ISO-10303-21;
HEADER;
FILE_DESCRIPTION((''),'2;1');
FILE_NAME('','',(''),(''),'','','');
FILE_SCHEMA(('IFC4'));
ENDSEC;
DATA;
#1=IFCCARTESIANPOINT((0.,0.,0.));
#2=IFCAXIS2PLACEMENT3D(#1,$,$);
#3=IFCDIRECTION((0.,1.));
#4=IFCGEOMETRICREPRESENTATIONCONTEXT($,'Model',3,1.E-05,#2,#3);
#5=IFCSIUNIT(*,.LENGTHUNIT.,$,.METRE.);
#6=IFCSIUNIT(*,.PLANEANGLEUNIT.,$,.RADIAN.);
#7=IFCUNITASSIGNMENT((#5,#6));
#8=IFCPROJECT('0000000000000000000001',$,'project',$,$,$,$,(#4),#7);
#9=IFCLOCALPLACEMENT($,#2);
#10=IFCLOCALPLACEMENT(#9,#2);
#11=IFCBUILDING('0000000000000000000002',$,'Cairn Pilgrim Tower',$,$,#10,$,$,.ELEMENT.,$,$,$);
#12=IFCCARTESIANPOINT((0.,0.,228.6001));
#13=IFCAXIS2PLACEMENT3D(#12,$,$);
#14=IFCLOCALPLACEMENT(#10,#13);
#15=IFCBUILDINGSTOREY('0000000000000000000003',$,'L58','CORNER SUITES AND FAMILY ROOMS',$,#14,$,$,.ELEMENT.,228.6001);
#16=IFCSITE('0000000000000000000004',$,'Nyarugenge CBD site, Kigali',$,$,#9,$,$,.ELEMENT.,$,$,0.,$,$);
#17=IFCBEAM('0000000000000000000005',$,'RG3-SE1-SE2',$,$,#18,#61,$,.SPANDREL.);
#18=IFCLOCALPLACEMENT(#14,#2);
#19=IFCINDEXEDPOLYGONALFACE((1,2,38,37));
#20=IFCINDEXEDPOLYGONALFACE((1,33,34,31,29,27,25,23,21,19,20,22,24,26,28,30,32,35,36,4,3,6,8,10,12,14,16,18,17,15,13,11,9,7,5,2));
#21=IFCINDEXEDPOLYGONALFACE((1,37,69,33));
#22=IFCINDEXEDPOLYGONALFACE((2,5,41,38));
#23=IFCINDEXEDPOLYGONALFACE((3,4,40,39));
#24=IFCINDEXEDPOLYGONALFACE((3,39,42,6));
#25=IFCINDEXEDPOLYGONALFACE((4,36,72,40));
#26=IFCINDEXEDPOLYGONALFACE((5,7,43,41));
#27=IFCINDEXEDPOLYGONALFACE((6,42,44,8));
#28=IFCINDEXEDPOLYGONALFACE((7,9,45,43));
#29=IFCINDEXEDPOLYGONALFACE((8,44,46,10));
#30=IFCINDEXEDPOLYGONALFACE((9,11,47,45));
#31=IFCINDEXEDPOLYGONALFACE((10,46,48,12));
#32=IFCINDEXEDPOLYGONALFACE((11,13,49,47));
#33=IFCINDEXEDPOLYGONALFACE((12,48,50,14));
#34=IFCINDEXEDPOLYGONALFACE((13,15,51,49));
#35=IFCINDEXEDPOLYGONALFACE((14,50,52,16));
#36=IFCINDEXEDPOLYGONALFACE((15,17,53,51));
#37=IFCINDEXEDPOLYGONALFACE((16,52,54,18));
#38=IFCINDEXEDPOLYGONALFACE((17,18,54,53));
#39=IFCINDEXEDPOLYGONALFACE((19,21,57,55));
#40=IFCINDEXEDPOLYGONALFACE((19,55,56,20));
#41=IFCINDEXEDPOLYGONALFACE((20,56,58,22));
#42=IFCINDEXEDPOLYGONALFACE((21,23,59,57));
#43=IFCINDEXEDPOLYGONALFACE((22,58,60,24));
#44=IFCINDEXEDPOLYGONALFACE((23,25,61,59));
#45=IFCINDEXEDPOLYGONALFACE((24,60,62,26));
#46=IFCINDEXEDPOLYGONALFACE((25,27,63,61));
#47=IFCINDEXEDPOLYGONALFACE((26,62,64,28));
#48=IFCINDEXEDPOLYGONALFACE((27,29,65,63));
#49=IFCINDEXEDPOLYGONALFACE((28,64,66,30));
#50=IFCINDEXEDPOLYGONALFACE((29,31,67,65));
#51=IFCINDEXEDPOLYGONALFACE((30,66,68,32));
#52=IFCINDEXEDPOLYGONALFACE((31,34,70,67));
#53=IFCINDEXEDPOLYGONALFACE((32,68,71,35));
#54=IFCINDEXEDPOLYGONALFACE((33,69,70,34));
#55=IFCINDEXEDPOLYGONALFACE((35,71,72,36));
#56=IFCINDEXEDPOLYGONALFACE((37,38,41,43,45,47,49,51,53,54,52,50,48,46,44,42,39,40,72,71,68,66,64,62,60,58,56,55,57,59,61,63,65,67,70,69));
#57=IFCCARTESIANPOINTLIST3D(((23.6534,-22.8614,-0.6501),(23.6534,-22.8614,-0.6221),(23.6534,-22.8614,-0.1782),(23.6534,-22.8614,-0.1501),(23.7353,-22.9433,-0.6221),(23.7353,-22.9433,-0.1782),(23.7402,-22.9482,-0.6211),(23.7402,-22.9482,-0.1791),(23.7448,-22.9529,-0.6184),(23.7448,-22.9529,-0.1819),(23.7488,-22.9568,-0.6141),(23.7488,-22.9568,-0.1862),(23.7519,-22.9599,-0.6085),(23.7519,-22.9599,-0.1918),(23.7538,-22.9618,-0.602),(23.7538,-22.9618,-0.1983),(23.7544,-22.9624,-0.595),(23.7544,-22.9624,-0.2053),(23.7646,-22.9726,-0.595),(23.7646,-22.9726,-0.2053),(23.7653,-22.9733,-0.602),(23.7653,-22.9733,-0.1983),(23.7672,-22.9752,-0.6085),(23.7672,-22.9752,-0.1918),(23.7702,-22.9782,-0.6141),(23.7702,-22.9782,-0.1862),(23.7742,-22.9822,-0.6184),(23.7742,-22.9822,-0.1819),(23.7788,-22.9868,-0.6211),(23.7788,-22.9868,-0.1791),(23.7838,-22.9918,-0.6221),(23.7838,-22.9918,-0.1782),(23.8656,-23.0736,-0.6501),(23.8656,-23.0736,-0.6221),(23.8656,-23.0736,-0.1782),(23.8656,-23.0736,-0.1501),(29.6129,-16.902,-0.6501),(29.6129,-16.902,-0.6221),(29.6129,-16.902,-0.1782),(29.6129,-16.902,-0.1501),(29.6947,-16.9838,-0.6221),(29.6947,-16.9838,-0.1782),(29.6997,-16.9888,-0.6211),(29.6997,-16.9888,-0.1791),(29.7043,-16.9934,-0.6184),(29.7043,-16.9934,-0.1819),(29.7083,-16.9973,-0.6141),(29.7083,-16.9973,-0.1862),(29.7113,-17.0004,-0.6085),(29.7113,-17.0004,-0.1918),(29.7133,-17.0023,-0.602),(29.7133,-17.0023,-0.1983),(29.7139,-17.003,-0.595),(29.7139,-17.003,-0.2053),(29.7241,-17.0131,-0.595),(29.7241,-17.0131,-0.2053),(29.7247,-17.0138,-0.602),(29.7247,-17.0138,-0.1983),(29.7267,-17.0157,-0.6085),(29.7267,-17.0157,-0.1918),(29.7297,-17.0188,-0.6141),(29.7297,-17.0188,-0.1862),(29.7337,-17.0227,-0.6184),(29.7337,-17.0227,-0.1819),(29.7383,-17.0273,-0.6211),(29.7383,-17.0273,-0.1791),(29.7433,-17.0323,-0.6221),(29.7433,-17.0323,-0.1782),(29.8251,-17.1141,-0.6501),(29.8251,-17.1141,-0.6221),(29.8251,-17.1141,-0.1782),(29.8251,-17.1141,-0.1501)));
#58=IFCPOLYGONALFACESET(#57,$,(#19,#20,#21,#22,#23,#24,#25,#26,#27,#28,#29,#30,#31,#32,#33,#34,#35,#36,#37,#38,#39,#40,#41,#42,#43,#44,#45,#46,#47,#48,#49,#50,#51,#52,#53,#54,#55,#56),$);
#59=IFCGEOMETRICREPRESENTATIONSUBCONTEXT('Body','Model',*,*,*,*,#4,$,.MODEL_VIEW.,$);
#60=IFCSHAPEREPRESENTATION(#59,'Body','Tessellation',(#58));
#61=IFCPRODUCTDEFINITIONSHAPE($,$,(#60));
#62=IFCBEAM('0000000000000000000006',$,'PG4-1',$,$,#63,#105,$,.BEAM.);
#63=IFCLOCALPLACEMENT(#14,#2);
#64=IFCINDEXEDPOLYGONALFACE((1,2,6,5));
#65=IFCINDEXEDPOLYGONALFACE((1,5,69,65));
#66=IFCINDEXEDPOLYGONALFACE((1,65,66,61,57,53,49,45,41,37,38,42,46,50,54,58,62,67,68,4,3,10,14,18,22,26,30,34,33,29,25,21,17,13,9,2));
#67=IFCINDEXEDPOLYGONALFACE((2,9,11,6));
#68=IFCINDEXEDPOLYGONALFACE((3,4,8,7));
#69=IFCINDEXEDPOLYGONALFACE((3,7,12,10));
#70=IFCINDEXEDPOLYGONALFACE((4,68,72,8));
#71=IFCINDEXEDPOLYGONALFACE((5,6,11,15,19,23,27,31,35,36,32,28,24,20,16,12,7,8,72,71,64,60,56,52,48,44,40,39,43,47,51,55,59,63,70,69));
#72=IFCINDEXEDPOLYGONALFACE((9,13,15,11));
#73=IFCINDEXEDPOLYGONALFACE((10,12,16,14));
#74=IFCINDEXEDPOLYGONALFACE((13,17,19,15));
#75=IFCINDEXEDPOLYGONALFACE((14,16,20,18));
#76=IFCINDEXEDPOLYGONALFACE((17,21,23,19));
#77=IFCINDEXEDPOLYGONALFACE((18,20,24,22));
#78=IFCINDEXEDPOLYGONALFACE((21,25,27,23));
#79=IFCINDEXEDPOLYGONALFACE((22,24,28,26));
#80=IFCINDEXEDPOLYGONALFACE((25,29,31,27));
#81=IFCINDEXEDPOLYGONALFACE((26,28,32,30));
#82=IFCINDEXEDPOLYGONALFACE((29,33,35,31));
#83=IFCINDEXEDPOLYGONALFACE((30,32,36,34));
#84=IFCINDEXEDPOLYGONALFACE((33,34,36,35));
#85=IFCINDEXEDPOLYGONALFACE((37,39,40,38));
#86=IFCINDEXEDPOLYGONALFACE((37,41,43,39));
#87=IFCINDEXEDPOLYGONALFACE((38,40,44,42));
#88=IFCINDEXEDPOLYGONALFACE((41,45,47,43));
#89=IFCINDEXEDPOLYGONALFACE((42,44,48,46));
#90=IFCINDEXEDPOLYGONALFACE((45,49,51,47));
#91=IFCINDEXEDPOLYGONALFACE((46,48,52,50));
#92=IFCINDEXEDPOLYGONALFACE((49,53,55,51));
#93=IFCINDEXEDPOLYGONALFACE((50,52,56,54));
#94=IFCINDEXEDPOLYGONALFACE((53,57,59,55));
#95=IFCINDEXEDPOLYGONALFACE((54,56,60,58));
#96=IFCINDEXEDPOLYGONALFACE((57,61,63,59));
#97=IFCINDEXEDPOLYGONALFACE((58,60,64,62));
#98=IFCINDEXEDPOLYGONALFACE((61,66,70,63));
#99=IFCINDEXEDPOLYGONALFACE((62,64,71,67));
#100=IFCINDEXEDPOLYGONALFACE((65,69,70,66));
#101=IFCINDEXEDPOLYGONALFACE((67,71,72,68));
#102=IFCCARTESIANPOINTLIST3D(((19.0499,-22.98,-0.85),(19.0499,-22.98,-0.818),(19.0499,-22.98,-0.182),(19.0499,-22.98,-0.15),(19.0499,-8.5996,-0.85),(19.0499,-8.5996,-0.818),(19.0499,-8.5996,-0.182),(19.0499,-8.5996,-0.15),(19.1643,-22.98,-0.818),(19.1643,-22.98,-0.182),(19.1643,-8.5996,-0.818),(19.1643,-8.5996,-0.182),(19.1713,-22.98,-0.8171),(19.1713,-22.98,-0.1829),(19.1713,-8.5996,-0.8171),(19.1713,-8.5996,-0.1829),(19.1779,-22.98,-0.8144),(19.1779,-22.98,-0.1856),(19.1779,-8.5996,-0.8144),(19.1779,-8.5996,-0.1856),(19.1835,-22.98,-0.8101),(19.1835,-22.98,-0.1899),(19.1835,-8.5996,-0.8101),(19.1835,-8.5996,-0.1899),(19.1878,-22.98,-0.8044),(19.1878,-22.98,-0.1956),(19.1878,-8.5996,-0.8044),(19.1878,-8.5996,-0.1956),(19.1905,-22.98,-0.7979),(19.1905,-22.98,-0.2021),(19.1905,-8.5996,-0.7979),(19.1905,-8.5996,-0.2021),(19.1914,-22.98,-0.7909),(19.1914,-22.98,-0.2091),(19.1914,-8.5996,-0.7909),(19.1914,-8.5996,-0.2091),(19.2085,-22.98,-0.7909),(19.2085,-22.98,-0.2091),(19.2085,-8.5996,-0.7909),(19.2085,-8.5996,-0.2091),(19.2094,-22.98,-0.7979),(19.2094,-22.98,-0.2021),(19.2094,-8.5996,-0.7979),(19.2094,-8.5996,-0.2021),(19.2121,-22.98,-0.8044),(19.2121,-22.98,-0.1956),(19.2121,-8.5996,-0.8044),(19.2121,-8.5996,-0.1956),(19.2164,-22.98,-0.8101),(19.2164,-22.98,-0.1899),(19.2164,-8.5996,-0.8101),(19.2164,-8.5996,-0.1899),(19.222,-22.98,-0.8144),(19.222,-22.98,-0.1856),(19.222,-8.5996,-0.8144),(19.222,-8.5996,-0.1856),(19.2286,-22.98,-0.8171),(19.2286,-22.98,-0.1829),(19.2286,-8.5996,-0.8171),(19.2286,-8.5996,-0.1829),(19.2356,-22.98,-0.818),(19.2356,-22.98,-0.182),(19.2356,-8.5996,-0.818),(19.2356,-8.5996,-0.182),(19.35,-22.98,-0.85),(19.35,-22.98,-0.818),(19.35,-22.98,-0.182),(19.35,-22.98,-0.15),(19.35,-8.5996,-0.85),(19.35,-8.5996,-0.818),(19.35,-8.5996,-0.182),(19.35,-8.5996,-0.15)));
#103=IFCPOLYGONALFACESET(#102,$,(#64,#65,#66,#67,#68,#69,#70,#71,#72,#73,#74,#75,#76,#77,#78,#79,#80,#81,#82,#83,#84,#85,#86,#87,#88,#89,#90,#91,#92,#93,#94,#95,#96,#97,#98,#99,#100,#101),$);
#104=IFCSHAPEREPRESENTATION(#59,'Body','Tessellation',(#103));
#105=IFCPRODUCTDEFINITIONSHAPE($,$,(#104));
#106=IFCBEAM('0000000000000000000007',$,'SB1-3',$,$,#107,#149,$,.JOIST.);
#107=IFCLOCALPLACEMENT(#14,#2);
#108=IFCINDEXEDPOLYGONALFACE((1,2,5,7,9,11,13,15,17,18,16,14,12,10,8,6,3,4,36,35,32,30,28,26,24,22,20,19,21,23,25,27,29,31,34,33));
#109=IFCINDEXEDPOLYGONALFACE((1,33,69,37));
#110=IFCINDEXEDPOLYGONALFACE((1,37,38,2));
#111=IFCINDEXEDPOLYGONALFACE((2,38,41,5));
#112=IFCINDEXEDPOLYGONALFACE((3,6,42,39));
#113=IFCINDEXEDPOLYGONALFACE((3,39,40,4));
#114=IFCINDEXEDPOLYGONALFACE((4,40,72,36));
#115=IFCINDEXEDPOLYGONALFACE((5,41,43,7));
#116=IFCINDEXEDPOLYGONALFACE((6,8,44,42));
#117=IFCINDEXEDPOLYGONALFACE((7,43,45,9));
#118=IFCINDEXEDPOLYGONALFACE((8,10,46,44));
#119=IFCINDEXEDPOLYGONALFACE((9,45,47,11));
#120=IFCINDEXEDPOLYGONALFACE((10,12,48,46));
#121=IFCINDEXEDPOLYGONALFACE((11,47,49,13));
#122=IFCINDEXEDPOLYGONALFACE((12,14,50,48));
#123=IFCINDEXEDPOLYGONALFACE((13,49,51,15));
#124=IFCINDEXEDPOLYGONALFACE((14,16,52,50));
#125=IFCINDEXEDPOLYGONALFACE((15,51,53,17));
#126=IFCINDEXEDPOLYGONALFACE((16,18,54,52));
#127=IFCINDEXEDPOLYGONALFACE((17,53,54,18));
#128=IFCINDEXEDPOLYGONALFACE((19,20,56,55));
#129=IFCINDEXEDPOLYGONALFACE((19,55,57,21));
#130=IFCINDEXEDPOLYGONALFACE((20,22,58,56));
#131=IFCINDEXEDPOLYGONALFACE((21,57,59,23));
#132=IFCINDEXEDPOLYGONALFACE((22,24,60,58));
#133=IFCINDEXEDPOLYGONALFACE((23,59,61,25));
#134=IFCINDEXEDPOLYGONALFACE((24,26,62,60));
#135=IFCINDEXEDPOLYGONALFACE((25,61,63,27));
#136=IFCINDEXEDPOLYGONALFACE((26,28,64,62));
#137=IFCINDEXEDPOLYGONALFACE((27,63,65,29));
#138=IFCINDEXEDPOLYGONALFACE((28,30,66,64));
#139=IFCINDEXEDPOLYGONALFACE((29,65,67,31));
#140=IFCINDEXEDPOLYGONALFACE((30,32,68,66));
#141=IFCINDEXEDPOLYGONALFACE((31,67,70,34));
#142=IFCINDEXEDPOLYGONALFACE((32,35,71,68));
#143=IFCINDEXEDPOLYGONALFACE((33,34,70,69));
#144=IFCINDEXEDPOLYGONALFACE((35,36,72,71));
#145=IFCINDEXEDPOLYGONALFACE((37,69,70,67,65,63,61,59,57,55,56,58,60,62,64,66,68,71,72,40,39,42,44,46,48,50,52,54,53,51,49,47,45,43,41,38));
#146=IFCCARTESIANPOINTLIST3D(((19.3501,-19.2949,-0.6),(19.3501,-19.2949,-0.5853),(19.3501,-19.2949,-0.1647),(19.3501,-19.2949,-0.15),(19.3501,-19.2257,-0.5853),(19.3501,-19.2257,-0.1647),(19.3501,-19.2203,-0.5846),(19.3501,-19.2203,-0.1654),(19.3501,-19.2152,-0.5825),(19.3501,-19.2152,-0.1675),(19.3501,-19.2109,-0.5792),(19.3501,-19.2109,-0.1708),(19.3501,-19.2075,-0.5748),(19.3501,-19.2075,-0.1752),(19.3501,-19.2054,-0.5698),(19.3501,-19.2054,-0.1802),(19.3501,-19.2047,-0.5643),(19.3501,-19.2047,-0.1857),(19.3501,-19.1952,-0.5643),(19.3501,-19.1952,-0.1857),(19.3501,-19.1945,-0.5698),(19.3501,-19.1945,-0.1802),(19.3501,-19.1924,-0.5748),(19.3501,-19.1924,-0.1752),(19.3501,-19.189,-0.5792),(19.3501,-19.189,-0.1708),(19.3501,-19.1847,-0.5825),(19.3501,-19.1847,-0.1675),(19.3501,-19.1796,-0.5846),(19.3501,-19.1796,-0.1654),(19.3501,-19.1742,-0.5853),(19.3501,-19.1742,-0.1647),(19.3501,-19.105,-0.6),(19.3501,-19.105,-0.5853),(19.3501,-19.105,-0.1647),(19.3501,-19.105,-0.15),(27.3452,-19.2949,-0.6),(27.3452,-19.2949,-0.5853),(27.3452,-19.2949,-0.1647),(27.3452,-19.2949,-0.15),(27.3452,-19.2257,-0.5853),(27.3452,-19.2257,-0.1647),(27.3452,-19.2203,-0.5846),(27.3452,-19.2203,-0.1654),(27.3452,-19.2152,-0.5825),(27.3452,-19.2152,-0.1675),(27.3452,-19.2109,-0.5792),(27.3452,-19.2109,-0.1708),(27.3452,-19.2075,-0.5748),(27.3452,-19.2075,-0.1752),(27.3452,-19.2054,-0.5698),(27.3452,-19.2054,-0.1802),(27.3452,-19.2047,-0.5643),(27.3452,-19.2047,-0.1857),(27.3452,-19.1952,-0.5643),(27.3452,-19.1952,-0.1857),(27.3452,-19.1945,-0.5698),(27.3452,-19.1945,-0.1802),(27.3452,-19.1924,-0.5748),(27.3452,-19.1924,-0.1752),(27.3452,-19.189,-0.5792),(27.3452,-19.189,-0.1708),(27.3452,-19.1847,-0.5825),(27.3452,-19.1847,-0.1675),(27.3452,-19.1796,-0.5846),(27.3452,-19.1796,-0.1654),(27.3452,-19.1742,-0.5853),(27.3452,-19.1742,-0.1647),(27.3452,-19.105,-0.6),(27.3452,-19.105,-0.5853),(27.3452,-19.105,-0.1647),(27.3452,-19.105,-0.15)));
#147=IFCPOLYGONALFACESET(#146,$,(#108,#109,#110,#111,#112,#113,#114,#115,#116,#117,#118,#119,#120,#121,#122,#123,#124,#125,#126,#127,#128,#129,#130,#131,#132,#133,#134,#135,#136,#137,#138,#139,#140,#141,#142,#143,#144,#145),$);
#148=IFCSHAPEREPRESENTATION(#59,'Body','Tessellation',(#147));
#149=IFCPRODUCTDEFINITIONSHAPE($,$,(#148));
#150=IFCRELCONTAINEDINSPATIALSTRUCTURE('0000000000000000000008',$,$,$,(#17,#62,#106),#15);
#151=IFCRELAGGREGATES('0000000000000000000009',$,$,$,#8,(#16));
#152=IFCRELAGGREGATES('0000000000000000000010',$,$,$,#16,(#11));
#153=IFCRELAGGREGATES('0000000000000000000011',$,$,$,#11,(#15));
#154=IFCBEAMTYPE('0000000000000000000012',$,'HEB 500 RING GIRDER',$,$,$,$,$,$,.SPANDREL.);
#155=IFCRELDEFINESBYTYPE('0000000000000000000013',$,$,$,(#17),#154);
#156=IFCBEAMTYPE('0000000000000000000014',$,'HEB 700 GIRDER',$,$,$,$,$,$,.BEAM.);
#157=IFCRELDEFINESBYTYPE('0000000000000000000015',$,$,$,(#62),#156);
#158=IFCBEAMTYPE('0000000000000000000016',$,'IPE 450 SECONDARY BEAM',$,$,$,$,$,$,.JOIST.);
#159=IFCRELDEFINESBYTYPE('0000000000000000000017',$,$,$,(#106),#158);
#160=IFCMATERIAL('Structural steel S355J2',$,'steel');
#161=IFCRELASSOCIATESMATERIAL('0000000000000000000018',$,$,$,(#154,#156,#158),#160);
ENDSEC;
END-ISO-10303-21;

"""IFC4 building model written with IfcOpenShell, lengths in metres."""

from ifc_helpers import new_model, si_unit, direction, frame, origin, origin_2d, place, context, subcontext, project, spatial, i_section, extrude, material, material_profile, profile_set, type_object, element, save


model = new_model("IFC4")

# Units and contexts
model_context = context("Model", 3, precision=1e-05, world=origin(), true_north=direction((0.0, 1.0)))
body_context = subcontext(model_context, "Body", "Model", "MODEL_VIEW")
ifc_project = project(units=[si_unit("LENGTHUNIT", "METRE"), si_unit("PLANEANGLEUNIT", "RADIAN")], contexts=[model_context])

# Site, building, storey
site_placement = place(None, origin())
site = spatial("IfcSite", under=ifc_project, at=site_placement, Name="Nyarugenge CBD site, Kigali", CompositionType="ELEMENT", RefElevation=0.0)
building_placement = place(site_placement, origin())
building = spatial("IfcBuilding", under=site, at=building_placement, Name="Cairn Pilgrim Tower", CompositionType="ELEMENT")
storey_placement = place(building_placement, frame((0.0, 0.0, 228.6001)))
storey = spatial("IfcBuildingStorey", under=building, at=storey_placement, Name="L58", Description="CORNER SUITES AND FAMILY ROOMS", CompositionType="ELEMENT", Elevation=228.6001)

# Beams
ifc_material_1 = material(Name="Structural steel S355J2", Category="steel")
ifc_material_profile_1 = material_profile(ifc_material_1, i_section(OverallWidth=0.3, OverallDepth=0.5, WebThickness=0.0144, FlangeThickness=0.0281, FilletRadius=0.0271, at=origin_2d()), Name="HEB 500")
ifc_profile_set_1 = profile_set([ifc_material_profile_1], Name="Structural steel S355J2")
beam_type_1 = type_object("IfcBeamType", Name="HEB 500 RING GIRDER", PredefinedType="SPANDREL", material=ifc_profile_set_1)
beam_1_placement = place(storey_placement, frame((23.7595, -22.9675, -0.4001), z_axis=(0.707107, 0.707107, 0.0), x_axis=(-0.707107, 0.707107, 0.0)))
element("IfcBeam", 1, at=beam_1_placement, inside=storey, type_object=beam_type_1, Name="RG3-SE1-SE2", PredefinedType="SPANDREL", context=body_context, shape_type="SweptSolid", body=[
    extrude(i_section(OverallWidth=0.3, OverallDepth=0.5, WebThickness=0.0144, FlangeThickness=0.0281, FilletRadius=0.0271, at=origin_2d()), origin(), (0.0, 0.0, 1.0), 8.428),
])
ifc_material_profile_2 = material_profile(ifc_material_1, i_section(OverallWidth=0.3, OverallDepth=0.7, WebThickness=0.0171, FlangeThickness=0.032, FilletRadius=0.0271, at=origin_2d()), Name="HEB 700")
ifc_profile_set_2 = profile_set([ifc_material_profile_2], Name="Structural steel S355J2")
beam_type_2 = type_object("IfcBeamType", Name="HEB 700 GIRDER", PredefinedType="BEAM", material=ifc_profile_set_2)
beam_2_placement = place(storey_placement, frame((19.2, -22.98, -0.5), z_axis=(0.0, 1.0, 0.0), x_axis=(-1.0, 0.0, 0.0)))
element("IfcBeam", 2, at=beam_2_placement, inside=storey, type_object=beam_type_2, Name="PG4-1", PredefinedType="BEAM", context=body_context, shape_type="SweptSolid", body=[
    extrude(i_section(OverallWidth=0.3, OverallDepth=0.7, WebThickness=0.0171, FlangeThickness=0.032, FilletRadius=0.0271, at=origin_2d()), origin(), (0.0, 0.0, 1.0), 14.3804),
])
ifc_material_profile_3 = material_profile(ifc_material_1, i_section(OverallWidth=0.1899, OverallDepth=0.45, WebThickness=0.0095, FlangeThickness=0.0146, FilletRadius=0.021, at=origin_2d()), Name="IPE 450")
ifc_profile_set_3 = profile_set([ifc_material_profile_3], Name="Structural steel S355J2")
beam_type_3 = type_object("IfcBeamType", Name="IPE 450 SECONDARY BEAM", PredefinedType="JOIST", material=ifc_profile_set_3)
beam_3_placement = place(storey_placement, frame((19.3501, -19.2, -0.375), z_axis=(1.0, 0.0, 0.0), x_axis=(0.0, 1.0, 0.0)))
element("IfcBeam", 3, at=beam_3_placement, inside=storey, type_object=beam_type_3, Name="SB1-3", PredefinedType="JOIST", context=body_context, shape_type="SweptSolid", body=[
    extrude(i_section(OverallWidth=0.1899, OverallDepth=0.45, WebThickness=0.0095, FlangeThickness=0.0146, FilletRadius=0.021, at=origin_2d()), origin(), (0.0, 0.0, 1.0), 7.9951),
])

save(model, "model.ifc")
